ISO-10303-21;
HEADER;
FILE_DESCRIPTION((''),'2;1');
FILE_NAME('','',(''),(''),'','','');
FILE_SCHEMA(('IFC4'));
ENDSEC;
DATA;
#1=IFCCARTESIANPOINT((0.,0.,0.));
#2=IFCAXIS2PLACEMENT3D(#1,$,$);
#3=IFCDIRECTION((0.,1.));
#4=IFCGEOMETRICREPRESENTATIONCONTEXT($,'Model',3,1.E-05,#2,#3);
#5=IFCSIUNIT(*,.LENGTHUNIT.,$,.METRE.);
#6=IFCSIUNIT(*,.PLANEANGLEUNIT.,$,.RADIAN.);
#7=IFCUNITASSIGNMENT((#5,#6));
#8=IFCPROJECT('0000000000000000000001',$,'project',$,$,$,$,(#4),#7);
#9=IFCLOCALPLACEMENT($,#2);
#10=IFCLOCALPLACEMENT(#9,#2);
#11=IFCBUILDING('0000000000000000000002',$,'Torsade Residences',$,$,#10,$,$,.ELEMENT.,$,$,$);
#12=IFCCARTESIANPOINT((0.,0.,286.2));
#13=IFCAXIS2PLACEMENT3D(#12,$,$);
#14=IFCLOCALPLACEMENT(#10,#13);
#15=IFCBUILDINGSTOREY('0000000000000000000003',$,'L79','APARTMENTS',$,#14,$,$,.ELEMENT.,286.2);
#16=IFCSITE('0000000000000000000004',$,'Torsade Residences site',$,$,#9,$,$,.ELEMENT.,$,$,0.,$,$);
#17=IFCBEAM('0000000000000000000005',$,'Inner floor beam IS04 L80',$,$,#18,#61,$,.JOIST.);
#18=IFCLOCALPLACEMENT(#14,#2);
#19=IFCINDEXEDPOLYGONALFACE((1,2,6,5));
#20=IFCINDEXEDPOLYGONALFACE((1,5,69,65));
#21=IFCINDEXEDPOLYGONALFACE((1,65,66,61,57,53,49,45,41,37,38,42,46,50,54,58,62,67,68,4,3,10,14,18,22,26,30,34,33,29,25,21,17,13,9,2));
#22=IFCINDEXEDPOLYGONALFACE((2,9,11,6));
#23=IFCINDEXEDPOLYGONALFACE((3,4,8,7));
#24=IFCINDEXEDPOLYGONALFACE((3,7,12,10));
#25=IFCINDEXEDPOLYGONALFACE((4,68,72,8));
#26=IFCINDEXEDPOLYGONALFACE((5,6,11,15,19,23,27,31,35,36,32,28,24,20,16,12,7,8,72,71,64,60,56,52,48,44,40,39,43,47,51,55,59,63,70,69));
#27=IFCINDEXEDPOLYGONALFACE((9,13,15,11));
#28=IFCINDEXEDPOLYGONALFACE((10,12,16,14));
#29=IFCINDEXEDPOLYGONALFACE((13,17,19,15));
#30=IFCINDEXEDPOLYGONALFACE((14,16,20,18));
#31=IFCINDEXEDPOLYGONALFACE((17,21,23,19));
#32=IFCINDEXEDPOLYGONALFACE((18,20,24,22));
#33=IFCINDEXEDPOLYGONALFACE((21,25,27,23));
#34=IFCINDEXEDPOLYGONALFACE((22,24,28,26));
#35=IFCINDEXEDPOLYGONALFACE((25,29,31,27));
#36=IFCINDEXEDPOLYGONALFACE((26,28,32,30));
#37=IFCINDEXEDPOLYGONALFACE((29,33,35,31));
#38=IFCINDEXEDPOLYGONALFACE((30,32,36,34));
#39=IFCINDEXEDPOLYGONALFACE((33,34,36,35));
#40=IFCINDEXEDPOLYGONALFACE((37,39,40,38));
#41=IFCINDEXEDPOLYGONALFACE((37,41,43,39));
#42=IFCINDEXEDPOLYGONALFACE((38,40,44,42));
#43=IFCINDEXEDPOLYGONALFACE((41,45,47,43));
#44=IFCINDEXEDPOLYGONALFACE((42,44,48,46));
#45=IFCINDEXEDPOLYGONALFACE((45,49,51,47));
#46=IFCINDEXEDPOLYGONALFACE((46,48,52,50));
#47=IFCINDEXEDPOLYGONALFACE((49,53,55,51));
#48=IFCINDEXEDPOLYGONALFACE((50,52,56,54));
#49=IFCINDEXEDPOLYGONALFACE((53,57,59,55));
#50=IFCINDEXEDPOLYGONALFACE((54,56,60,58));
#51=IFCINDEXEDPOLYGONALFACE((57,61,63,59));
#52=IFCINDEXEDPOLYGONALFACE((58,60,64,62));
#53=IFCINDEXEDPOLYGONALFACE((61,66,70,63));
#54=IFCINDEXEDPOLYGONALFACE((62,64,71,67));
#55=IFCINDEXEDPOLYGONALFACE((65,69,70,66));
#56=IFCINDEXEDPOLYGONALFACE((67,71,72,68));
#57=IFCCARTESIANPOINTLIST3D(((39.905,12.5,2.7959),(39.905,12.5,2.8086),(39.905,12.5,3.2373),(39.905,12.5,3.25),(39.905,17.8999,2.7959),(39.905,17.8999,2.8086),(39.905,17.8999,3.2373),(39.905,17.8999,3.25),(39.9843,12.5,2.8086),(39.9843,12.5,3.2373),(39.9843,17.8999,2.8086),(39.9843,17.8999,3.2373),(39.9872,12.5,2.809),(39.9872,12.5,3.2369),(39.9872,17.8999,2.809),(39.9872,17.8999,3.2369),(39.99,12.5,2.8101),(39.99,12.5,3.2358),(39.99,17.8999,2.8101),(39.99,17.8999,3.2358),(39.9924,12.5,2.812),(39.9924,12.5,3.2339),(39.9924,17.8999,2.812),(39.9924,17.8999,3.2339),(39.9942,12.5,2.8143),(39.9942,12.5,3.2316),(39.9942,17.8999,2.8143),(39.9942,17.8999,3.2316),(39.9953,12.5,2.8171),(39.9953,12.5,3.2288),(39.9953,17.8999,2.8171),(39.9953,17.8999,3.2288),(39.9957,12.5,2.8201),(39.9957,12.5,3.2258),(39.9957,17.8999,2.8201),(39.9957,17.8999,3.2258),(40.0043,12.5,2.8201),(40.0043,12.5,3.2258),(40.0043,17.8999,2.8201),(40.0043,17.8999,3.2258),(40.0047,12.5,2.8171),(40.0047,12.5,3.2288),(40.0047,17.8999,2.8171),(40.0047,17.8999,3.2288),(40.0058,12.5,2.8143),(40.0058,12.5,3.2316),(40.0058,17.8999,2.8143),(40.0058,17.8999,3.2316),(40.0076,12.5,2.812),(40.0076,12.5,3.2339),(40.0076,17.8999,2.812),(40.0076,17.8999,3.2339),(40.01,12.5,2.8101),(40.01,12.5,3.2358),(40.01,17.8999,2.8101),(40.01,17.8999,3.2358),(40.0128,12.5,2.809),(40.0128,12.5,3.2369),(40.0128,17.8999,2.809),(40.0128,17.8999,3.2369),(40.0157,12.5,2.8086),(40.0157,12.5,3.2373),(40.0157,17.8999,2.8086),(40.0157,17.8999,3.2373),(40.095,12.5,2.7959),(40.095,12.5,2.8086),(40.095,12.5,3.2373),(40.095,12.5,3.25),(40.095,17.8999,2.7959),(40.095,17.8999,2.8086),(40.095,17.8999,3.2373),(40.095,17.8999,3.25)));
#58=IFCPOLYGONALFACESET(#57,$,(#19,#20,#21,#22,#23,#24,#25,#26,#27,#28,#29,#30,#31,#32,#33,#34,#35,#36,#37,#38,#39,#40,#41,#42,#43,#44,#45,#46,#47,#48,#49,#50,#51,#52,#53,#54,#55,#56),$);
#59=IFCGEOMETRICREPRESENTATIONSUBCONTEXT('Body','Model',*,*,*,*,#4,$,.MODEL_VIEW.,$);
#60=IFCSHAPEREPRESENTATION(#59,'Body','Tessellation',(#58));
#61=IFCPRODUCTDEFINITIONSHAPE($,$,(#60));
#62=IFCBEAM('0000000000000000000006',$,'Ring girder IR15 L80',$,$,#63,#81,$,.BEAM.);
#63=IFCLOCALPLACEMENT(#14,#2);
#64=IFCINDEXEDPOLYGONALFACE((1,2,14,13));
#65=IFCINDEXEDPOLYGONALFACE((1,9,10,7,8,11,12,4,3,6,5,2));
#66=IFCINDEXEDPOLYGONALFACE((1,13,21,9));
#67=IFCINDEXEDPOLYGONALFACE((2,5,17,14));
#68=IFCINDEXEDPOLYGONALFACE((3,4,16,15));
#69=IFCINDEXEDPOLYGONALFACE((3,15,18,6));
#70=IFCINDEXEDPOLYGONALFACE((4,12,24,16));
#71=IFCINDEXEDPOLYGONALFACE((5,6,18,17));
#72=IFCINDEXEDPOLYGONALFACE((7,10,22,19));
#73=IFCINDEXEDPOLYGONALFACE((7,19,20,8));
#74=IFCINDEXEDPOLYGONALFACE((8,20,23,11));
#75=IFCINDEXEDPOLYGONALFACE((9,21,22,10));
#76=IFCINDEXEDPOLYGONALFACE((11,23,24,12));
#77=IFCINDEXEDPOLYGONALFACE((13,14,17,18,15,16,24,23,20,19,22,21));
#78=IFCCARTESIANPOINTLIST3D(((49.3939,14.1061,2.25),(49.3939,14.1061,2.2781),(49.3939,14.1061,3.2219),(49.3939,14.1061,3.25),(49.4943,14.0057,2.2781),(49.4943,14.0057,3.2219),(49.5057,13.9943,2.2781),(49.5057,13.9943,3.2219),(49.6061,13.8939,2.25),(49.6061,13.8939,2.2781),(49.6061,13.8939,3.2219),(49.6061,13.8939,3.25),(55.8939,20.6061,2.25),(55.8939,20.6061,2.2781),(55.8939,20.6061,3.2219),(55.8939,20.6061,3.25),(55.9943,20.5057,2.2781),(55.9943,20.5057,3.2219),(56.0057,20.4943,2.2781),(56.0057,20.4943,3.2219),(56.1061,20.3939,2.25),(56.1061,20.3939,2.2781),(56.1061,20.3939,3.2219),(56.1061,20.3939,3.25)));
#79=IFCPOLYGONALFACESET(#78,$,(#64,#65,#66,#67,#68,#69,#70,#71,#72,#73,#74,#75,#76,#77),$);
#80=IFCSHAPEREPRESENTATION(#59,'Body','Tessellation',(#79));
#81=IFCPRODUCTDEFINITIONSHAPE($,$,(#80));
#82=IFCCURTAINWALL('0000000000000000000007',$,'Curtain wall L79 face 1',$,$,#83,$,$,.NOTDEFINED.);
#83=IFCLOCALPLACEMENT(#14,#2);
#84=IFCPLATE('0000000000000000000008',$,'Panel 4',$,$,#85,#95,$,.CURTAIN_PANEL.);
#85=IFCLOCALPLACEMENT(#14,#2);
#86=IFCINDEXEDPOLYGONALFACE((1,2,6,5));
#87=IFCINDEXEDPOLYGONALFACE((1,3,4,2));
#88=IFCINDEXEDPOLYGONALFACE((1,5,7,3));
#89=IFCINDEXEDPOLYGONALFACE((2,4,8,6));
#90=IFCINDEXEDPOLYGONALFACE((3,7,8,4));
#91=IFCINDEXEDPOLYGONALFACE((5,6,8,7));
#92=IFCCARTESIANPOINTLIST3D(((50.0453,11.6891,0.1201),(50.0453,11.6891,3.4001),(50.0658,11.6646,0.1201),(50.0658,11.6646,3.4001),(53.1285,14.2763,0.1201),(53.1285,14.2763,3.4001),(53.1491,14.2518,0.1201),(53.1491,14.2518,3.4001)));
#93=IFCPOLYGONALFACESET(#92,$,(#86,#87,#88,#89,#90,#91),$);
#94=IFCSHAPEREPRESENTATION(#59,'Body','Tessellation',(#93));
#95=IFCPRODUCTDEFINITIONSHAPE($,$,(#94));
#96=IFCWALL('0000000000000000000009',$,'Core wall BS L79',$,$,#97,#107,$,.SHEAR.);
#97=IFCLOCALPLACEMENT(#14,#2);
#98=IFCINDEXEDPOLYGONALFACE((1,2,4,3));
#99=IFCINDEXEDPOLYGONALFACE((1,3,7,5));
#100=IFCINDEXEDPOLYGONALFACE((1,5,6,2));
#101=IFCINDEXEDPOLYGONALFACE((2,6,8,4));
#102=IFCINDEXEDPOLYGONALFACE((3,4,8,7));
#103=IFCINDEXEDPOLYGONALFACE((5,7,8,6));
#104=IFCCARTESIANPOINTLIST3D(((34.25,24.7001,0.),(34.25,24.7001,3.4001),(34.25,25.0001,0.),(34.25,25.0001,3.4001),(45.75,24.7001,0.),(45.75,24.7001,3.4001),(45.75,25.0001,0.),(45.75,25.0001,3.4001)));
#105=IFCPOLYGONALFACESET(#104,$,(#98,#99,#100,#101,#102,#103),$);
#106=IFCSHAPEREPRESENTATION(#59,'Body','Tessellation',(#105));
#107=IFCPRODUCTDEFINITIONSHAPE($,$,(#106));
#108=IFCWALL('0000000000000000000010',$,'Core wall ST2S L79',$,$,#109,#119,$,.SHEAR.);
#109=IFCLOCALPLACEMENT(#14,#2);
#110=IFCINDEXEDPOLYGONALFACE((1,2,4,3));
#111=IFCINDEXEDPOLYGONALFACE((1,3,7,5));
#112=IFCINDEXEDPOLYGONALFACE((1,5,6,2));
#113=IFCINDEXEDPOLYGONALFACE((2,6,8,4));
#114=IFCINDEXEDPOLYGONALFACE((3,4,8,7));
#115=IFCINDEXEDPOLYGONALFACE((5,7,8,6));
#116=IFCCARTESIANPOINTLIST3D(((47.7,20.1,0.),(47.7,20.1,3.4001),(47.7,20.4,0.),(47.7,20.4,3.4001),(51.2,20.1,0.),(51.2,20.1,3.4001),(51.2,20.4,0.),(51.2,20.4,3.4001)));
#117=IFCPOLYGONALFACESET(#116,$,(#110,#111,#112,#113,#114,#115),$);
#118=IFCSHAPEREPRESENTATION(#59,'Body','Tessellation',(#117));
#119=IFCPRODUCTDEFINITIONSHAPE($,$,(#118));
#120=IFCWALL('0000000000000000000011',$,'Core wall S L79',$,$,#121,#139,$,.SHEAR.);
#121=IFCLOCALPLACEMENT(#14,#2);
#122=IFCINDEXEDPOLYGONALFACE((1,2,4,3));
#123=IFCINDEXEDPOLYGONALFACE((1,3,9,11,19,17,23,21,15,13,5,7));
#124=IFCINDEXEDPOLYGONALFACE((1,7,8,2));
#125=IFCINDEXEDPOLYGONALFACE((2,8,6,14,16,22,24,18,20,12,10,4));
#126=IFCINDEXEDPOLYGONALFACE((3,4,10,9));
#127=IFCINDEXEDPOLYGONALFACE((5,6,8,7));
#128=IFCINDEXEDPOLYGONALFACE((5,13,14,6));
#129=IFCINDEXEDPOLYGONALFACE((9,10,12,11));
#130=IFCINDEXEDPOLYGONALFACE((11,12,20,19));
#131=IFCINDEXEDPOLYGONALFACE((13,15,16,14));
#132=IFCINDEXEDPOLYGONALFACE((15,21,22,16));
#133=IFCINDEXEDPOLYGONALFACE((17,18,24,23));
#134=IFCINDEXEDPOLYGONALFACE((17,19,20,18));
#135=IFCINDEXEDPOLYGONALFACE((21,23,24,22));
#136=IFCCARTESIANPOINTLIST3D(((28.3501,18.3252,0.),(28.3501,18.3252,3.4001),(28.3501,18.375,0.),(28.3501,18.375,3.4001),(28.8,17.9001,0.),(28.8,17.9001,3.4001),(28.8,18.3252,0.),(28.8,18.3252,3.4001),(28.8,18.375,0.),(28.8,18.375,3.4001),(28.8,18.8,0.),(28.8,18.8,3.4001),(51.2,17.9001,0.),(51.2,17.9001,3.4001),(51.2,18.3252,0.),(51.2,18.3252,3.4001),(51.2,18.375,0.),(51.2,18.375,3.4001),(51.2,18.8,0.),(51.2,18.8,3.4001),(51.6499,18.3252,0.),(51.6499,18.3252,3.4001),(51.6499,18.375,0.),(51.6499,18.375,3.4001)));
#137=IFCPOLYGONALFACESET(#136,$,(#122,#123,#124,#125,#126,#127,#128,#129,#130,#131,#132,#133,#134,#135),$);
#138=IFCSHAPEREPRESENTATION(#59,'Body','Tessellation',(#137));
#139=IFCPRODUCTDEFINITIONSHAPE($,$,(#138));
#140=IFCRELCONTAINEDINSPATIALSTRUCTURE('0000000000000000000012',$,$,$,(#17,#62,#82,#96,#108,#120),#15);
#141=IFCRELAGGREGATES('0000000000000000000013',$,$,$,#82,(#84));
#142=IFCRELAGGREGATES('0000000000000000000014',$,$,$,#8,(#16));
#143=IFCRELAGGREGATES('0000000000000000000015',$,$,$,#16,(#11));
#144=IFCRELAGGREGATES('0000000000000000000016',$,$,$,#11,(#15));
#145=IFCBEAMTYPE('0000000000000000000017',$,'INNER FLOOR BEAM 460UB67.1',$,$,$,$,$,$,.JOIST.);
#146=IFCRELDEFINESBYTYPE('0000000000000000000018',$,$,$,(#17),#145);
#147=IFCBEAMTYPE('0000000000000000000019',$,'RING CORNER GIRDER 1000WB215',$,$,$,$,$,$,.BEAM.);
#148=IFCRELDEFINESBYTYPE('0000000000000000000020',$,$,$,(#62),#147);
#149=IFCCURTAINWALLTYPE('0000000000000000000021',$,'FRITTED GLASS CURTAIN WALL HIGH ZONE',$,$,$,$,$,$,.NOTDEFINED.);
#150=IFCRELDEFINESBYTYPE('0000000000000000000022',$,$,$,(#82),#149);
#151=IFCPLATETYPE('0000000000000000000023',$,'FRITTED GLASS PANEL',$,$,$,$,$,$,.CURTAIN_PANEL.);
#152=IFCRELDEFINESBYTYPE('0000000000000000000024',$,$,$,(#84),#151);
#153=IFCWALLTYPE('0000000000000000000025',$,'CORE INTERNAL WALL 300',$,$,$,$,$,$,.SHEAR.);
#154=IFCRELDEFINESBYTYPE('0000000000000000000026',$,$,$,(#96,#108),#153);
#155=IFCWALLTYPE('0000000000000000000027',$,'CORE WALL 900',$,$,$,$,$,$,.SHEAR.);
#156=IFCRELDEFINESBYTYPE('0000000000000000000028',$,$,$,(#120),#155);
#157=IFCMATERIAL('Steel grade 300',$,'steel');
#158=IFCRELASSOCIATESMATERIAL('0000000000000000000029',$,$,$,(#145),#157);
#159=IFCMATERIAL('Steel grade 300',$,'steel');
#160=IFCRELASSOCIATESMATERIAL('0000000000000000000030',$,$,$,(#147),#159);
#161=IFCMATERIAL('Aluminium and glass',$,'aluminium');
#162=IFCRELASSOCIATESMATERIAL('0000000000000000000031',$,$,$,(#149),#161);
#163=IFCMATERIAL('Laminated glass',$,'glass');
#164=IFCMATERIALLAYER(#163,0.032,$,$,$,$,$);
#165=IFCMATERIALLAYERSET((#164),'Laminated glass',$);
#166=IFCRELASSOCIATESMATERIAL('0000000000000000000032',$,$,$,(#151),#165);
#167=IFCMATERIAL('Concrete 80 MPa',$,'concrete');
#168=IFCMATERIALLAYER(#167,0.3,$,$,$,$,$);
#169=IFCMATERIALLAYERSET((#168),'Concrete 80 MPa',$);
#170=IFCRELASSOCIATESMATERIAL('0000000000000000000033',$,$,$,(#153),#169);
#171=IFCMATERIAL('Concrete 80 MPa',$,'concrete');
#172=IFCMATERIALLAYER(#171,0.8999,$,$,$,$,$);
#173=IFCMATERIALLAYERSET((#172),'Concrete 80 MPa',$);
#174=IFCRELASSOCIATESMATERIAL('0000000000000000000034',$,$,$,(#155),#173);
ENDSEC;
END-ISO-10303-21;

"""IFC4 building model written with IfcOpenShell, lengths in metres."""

from ifc_helpers import new_model, si_unit, direction, frame, frame_2d, origin, origin_2d, place, context, subcontext, project, spatial, polyline, rectangle, i_section, outline, extrude, material, layer, layer_set, material_profile, profile_set, type_object, element, aggregate, save


model = new_model("IFC4")

# Units and contexts
model_context = context("Model", 3, precision=1e-05, world=origin(), true_north=direction((0.0, 1.0)))
body_context = subcontext(model_context, "Body", "Model", "MODEL_VIEW")
ifc_project = project(units=[si_unit("LENGTHUNIT", "METRE"), si_unit("PLANEANGLEUNIT", "RADIAN")], contexts=[model_context])

# Site, building, storey
site_placement = place(None, origin())
site = spatial("IfcSite", under=ifc_project, at=site_placement, Name="Torsade Residences site", CompositionType="ELEMENT", RefElevation=0.0)
building_placement = place(site_placement, origin())
building = spatial("IfcBuilding", under=site, at=building_placement, Name="Torsade Residences", CompositionType="ELEMENT")
storey_placement = place(building_placement, frame((0.0, 0.0, 286.2)))
storey = spatial("IfcBuildingStorey", under=building, at=storey_placement, Name="L79", Description="APARTMENTS", CompositionType="ELEMENT", Elevation=286.2)

# Beams
ifc_material_1 = material(Name="Steel grade 300", Category="steel")
ifc_material_profile_1 = material_profile(ifc_material_1, i_section(OverallWidth=0.1899, OverallDepth=0.4541, WebThickness=0.0085, FlangeThickness=0.0127, FilletRadius=0.0115, at=origin_2d()), Name="460UB67.1")
ifc_profile_set_1 = profile_set([ifc_material_profile_1], Name="Steel grade 300")
beam_type_1 = type_object("IfcBeamType", Name="INNER FLOOR BEAM 460UB67.1", PredefinedType="JOIST", material=ifc_profile_set_1)
for number, where, z_axis, x_axis, name in (
    (1, (40.0, 17.8999, 3.0229), (0.0, -1.0, 0.0), (1.0, 0.0, 0.0), "Inner floor beam IS04 L80"),
):
    element("IfcBeam", number, at=place(storey_placement, frame(where, z_axis=z_axis, x_axis=x_axis)), inside=storey, type_object=beam_type_1, Name=name, PredefinedType="JOIST", context=body_context, shape_type="SweptSolid", body=[
        extrude(i_section(OverallWidth=0.1899, OverallDepth=0.4541, WebThickness=0.0085, FlangeThickness=0.0127, FilletRadius=0.0115, at=origin_2d()), origin(), (0.0, 0.0, 1.0), 5.3999),
    ])
ifc_material_2 = material(Name="Steel grade 300", Category="steel")
ifc_material_profile_2 = material_profile(ifc_material_2, i_section(OverallWidth=0.3, OverallDepth=1.0, WebThickness=0.0161, FlangeThickness=0.0281, at=origin_2d()), Name="1000WB215")
ifc_profile_set_2 = profile_set([ifc_material_profile_2], Name="Steel grade 300")
beam_type_2 = type_object("IfcBeamType", Name="RING CORNER GIRDER 1000WB215", PredefinedType="BEAM", material=ifc_profile_set_2)
beam_1_placement = place(storey_placement, frame((49.5, 14.0, 2.75), z_axis=(0.707107, 0.707107, 0.0), x_axis=(-0.707107, 0.707107, 0.0)))
element("IfcBeam", 2, at=beam_1_placement, inside=storey, type_object=beam_type_2, Name="Ring girder IR15 L80", PredefinedType="BEAM", context=body_context, shape_type="SweptSolid", body=[
    extrude(i_section(OverallWidth=0.3, OverallDepth=1.0, WebThickness=0.0161, FlangeThickness=0.0281, at=origin_2d()), origin(), (0.0, 0.0, 1.0), 9.1924),
])

# Curtain wall, plate
ifc_material_3 = material(Name="Aluminium and glass", Category="aluminium")
curtain_wall_type = type_object("IfcCurtainWallType", Name="FRITTED GLASS CURTAIN WALL HIGH ZONE", PredefinedType="NOTDEFINED", material=ifc_material_3)
curtain_wall_placement = place(storey_placement, origin())
curtain_wall = element("IfcCurtainWall", 3, at=curtain_wall_placement, inside=storey, type_object=curtain_wall_type, Name="Curtain wall L79 face 1", PredefinedType="NOTDEFINED")
ifc_material_4 = material(Name="Laminated glass", Category="glass")
ifc_layer_1 = layer(ifc_material_4, 0.032)
ifc_layer_set_1 = layer_set([ifc_layer_1], Name="Laminated glass")
plate_type = type_object("IfcPlateType", Name="FRITTED GLASS PANEL", PredefinedType="CURTAIN_PANEL", material=ifc_layer_set_1)
plate_placement = place(storey_placement, frame((51.5972, 12.9705, 0.1201), z_axis=(0.0, 0.0, 1.0), x_axis=(0.766044, 0.642788, 0.0)))
plate = element("IfcPlate", 4, at=plate_placement, type_object=plate_type, Name="Panel 4", PredefinedType="CURTAIN_PANEL", context=body_context, shape_type="SweptSolid", body=[
    extrude(rectangle(XDim=4.0249, YDim=0.032, at=origin_2d()), origin(), (0.0, 0.0, 1.0), 3.28),
])
aggregate(curtain_wall, [plate])

# Walls
ifc_material_5 = material(Name="Concrete 80 MPa", Category="concrete")
ifc_layer_2 = layer(ifc_material_5, 0.3)
ifc_layer_set_2 = layer_set([ifc_layer_2], Name="Concrete 80 MPa")
wall_type_1 = type_object("IfcWallType", Name="CORE INTERNAL WALL 300", PredefinedType="SHEAR", material=ifc_layer_set_2)
wall_1_placement = place(storey_placement, frame((45.75, 24.8501, 0.0), z_axis=(0.0, 0.0, 1.0), x_axis=(-1.0, 0.0, 0.0)))
element("IfcWall", 5, at=wall_1_placement, inside=storey, type_object=wall_type_1, Name="Core wall BS L79", PredefinedType="SHEAR", context=body_context, shape_type="SweptSolid", body=[
    extrude(rectangle(XDim=11.5, YDim=0.3, at=frame_2d((5.75, 0.0))), origin(), (0.0, 0.0, 1.0), 3.4001),
])
wall_2_placement = place(storey_placement, frame((51.2, 20.25, 0.0), z_axis=(0.0, 0.0, 1.0), x_axis=(-1.0, 0.0, 0.0)))
element("IfcWall", 6, at=wall_2_placement, inside=storey, type_object=wall_type_1, Name="Core wall ST2S L79", PredefinedType="SHEAR", context=body_context, shape_type="SweptSolid", body=[
    extrude(rectangle(XDim=3.5, YDim=0.3, at=frame_2d((1.75, 0.0))), origin(), (0.0, 0.0, 1.0), 3.4001),
])
ifc_material_6 = material(Name="Concrete 80 MPa", Category="concrete")
ifc_layer_3 = layer(ifc_material_6, 0.8999)
ifc_layer_set_3 = layer_set([ifc_layer_3], Name="Concrete 80 MPa")
wall_type_2 = type_object("IfcWallType", Name="CORE WALL 900", PredefinedType="SHEAR", material=ifc_layer_set_3)
wall_3_placement = place(storey_placement, frame((51.2, 18.3501, 0.0), z_axis=(0.0, 0.0, 1.0), x_axis=(-1.0, 0.0, 0.0)))
element("IfcWall", 7, at=wall_3_placement, inside=storey, type_object=wall_type_2, Name="Core wall S L79", PredefinedType="SHEAR", context=body_context, shape_type="SweptSolid", body=[
    extrude(outline(polyline([(0.0, -0.45), (22.3999, -0.45), (22.3999, -0.0249), (22.8499, -0.0249), (22.8499, 0.0249), (22.3999, 0.0249), (22.3999, 0.45), (0.0, 0.45), (0.0, 0.0249), (-0.45, 0.0249), (-0.45, -0.0249), (0.0, -0.0249), (0.0, -0.45)])), origin(), (0.0, 0.0, 1.0), 3.4001),
])

save(model, "model.ifc")
